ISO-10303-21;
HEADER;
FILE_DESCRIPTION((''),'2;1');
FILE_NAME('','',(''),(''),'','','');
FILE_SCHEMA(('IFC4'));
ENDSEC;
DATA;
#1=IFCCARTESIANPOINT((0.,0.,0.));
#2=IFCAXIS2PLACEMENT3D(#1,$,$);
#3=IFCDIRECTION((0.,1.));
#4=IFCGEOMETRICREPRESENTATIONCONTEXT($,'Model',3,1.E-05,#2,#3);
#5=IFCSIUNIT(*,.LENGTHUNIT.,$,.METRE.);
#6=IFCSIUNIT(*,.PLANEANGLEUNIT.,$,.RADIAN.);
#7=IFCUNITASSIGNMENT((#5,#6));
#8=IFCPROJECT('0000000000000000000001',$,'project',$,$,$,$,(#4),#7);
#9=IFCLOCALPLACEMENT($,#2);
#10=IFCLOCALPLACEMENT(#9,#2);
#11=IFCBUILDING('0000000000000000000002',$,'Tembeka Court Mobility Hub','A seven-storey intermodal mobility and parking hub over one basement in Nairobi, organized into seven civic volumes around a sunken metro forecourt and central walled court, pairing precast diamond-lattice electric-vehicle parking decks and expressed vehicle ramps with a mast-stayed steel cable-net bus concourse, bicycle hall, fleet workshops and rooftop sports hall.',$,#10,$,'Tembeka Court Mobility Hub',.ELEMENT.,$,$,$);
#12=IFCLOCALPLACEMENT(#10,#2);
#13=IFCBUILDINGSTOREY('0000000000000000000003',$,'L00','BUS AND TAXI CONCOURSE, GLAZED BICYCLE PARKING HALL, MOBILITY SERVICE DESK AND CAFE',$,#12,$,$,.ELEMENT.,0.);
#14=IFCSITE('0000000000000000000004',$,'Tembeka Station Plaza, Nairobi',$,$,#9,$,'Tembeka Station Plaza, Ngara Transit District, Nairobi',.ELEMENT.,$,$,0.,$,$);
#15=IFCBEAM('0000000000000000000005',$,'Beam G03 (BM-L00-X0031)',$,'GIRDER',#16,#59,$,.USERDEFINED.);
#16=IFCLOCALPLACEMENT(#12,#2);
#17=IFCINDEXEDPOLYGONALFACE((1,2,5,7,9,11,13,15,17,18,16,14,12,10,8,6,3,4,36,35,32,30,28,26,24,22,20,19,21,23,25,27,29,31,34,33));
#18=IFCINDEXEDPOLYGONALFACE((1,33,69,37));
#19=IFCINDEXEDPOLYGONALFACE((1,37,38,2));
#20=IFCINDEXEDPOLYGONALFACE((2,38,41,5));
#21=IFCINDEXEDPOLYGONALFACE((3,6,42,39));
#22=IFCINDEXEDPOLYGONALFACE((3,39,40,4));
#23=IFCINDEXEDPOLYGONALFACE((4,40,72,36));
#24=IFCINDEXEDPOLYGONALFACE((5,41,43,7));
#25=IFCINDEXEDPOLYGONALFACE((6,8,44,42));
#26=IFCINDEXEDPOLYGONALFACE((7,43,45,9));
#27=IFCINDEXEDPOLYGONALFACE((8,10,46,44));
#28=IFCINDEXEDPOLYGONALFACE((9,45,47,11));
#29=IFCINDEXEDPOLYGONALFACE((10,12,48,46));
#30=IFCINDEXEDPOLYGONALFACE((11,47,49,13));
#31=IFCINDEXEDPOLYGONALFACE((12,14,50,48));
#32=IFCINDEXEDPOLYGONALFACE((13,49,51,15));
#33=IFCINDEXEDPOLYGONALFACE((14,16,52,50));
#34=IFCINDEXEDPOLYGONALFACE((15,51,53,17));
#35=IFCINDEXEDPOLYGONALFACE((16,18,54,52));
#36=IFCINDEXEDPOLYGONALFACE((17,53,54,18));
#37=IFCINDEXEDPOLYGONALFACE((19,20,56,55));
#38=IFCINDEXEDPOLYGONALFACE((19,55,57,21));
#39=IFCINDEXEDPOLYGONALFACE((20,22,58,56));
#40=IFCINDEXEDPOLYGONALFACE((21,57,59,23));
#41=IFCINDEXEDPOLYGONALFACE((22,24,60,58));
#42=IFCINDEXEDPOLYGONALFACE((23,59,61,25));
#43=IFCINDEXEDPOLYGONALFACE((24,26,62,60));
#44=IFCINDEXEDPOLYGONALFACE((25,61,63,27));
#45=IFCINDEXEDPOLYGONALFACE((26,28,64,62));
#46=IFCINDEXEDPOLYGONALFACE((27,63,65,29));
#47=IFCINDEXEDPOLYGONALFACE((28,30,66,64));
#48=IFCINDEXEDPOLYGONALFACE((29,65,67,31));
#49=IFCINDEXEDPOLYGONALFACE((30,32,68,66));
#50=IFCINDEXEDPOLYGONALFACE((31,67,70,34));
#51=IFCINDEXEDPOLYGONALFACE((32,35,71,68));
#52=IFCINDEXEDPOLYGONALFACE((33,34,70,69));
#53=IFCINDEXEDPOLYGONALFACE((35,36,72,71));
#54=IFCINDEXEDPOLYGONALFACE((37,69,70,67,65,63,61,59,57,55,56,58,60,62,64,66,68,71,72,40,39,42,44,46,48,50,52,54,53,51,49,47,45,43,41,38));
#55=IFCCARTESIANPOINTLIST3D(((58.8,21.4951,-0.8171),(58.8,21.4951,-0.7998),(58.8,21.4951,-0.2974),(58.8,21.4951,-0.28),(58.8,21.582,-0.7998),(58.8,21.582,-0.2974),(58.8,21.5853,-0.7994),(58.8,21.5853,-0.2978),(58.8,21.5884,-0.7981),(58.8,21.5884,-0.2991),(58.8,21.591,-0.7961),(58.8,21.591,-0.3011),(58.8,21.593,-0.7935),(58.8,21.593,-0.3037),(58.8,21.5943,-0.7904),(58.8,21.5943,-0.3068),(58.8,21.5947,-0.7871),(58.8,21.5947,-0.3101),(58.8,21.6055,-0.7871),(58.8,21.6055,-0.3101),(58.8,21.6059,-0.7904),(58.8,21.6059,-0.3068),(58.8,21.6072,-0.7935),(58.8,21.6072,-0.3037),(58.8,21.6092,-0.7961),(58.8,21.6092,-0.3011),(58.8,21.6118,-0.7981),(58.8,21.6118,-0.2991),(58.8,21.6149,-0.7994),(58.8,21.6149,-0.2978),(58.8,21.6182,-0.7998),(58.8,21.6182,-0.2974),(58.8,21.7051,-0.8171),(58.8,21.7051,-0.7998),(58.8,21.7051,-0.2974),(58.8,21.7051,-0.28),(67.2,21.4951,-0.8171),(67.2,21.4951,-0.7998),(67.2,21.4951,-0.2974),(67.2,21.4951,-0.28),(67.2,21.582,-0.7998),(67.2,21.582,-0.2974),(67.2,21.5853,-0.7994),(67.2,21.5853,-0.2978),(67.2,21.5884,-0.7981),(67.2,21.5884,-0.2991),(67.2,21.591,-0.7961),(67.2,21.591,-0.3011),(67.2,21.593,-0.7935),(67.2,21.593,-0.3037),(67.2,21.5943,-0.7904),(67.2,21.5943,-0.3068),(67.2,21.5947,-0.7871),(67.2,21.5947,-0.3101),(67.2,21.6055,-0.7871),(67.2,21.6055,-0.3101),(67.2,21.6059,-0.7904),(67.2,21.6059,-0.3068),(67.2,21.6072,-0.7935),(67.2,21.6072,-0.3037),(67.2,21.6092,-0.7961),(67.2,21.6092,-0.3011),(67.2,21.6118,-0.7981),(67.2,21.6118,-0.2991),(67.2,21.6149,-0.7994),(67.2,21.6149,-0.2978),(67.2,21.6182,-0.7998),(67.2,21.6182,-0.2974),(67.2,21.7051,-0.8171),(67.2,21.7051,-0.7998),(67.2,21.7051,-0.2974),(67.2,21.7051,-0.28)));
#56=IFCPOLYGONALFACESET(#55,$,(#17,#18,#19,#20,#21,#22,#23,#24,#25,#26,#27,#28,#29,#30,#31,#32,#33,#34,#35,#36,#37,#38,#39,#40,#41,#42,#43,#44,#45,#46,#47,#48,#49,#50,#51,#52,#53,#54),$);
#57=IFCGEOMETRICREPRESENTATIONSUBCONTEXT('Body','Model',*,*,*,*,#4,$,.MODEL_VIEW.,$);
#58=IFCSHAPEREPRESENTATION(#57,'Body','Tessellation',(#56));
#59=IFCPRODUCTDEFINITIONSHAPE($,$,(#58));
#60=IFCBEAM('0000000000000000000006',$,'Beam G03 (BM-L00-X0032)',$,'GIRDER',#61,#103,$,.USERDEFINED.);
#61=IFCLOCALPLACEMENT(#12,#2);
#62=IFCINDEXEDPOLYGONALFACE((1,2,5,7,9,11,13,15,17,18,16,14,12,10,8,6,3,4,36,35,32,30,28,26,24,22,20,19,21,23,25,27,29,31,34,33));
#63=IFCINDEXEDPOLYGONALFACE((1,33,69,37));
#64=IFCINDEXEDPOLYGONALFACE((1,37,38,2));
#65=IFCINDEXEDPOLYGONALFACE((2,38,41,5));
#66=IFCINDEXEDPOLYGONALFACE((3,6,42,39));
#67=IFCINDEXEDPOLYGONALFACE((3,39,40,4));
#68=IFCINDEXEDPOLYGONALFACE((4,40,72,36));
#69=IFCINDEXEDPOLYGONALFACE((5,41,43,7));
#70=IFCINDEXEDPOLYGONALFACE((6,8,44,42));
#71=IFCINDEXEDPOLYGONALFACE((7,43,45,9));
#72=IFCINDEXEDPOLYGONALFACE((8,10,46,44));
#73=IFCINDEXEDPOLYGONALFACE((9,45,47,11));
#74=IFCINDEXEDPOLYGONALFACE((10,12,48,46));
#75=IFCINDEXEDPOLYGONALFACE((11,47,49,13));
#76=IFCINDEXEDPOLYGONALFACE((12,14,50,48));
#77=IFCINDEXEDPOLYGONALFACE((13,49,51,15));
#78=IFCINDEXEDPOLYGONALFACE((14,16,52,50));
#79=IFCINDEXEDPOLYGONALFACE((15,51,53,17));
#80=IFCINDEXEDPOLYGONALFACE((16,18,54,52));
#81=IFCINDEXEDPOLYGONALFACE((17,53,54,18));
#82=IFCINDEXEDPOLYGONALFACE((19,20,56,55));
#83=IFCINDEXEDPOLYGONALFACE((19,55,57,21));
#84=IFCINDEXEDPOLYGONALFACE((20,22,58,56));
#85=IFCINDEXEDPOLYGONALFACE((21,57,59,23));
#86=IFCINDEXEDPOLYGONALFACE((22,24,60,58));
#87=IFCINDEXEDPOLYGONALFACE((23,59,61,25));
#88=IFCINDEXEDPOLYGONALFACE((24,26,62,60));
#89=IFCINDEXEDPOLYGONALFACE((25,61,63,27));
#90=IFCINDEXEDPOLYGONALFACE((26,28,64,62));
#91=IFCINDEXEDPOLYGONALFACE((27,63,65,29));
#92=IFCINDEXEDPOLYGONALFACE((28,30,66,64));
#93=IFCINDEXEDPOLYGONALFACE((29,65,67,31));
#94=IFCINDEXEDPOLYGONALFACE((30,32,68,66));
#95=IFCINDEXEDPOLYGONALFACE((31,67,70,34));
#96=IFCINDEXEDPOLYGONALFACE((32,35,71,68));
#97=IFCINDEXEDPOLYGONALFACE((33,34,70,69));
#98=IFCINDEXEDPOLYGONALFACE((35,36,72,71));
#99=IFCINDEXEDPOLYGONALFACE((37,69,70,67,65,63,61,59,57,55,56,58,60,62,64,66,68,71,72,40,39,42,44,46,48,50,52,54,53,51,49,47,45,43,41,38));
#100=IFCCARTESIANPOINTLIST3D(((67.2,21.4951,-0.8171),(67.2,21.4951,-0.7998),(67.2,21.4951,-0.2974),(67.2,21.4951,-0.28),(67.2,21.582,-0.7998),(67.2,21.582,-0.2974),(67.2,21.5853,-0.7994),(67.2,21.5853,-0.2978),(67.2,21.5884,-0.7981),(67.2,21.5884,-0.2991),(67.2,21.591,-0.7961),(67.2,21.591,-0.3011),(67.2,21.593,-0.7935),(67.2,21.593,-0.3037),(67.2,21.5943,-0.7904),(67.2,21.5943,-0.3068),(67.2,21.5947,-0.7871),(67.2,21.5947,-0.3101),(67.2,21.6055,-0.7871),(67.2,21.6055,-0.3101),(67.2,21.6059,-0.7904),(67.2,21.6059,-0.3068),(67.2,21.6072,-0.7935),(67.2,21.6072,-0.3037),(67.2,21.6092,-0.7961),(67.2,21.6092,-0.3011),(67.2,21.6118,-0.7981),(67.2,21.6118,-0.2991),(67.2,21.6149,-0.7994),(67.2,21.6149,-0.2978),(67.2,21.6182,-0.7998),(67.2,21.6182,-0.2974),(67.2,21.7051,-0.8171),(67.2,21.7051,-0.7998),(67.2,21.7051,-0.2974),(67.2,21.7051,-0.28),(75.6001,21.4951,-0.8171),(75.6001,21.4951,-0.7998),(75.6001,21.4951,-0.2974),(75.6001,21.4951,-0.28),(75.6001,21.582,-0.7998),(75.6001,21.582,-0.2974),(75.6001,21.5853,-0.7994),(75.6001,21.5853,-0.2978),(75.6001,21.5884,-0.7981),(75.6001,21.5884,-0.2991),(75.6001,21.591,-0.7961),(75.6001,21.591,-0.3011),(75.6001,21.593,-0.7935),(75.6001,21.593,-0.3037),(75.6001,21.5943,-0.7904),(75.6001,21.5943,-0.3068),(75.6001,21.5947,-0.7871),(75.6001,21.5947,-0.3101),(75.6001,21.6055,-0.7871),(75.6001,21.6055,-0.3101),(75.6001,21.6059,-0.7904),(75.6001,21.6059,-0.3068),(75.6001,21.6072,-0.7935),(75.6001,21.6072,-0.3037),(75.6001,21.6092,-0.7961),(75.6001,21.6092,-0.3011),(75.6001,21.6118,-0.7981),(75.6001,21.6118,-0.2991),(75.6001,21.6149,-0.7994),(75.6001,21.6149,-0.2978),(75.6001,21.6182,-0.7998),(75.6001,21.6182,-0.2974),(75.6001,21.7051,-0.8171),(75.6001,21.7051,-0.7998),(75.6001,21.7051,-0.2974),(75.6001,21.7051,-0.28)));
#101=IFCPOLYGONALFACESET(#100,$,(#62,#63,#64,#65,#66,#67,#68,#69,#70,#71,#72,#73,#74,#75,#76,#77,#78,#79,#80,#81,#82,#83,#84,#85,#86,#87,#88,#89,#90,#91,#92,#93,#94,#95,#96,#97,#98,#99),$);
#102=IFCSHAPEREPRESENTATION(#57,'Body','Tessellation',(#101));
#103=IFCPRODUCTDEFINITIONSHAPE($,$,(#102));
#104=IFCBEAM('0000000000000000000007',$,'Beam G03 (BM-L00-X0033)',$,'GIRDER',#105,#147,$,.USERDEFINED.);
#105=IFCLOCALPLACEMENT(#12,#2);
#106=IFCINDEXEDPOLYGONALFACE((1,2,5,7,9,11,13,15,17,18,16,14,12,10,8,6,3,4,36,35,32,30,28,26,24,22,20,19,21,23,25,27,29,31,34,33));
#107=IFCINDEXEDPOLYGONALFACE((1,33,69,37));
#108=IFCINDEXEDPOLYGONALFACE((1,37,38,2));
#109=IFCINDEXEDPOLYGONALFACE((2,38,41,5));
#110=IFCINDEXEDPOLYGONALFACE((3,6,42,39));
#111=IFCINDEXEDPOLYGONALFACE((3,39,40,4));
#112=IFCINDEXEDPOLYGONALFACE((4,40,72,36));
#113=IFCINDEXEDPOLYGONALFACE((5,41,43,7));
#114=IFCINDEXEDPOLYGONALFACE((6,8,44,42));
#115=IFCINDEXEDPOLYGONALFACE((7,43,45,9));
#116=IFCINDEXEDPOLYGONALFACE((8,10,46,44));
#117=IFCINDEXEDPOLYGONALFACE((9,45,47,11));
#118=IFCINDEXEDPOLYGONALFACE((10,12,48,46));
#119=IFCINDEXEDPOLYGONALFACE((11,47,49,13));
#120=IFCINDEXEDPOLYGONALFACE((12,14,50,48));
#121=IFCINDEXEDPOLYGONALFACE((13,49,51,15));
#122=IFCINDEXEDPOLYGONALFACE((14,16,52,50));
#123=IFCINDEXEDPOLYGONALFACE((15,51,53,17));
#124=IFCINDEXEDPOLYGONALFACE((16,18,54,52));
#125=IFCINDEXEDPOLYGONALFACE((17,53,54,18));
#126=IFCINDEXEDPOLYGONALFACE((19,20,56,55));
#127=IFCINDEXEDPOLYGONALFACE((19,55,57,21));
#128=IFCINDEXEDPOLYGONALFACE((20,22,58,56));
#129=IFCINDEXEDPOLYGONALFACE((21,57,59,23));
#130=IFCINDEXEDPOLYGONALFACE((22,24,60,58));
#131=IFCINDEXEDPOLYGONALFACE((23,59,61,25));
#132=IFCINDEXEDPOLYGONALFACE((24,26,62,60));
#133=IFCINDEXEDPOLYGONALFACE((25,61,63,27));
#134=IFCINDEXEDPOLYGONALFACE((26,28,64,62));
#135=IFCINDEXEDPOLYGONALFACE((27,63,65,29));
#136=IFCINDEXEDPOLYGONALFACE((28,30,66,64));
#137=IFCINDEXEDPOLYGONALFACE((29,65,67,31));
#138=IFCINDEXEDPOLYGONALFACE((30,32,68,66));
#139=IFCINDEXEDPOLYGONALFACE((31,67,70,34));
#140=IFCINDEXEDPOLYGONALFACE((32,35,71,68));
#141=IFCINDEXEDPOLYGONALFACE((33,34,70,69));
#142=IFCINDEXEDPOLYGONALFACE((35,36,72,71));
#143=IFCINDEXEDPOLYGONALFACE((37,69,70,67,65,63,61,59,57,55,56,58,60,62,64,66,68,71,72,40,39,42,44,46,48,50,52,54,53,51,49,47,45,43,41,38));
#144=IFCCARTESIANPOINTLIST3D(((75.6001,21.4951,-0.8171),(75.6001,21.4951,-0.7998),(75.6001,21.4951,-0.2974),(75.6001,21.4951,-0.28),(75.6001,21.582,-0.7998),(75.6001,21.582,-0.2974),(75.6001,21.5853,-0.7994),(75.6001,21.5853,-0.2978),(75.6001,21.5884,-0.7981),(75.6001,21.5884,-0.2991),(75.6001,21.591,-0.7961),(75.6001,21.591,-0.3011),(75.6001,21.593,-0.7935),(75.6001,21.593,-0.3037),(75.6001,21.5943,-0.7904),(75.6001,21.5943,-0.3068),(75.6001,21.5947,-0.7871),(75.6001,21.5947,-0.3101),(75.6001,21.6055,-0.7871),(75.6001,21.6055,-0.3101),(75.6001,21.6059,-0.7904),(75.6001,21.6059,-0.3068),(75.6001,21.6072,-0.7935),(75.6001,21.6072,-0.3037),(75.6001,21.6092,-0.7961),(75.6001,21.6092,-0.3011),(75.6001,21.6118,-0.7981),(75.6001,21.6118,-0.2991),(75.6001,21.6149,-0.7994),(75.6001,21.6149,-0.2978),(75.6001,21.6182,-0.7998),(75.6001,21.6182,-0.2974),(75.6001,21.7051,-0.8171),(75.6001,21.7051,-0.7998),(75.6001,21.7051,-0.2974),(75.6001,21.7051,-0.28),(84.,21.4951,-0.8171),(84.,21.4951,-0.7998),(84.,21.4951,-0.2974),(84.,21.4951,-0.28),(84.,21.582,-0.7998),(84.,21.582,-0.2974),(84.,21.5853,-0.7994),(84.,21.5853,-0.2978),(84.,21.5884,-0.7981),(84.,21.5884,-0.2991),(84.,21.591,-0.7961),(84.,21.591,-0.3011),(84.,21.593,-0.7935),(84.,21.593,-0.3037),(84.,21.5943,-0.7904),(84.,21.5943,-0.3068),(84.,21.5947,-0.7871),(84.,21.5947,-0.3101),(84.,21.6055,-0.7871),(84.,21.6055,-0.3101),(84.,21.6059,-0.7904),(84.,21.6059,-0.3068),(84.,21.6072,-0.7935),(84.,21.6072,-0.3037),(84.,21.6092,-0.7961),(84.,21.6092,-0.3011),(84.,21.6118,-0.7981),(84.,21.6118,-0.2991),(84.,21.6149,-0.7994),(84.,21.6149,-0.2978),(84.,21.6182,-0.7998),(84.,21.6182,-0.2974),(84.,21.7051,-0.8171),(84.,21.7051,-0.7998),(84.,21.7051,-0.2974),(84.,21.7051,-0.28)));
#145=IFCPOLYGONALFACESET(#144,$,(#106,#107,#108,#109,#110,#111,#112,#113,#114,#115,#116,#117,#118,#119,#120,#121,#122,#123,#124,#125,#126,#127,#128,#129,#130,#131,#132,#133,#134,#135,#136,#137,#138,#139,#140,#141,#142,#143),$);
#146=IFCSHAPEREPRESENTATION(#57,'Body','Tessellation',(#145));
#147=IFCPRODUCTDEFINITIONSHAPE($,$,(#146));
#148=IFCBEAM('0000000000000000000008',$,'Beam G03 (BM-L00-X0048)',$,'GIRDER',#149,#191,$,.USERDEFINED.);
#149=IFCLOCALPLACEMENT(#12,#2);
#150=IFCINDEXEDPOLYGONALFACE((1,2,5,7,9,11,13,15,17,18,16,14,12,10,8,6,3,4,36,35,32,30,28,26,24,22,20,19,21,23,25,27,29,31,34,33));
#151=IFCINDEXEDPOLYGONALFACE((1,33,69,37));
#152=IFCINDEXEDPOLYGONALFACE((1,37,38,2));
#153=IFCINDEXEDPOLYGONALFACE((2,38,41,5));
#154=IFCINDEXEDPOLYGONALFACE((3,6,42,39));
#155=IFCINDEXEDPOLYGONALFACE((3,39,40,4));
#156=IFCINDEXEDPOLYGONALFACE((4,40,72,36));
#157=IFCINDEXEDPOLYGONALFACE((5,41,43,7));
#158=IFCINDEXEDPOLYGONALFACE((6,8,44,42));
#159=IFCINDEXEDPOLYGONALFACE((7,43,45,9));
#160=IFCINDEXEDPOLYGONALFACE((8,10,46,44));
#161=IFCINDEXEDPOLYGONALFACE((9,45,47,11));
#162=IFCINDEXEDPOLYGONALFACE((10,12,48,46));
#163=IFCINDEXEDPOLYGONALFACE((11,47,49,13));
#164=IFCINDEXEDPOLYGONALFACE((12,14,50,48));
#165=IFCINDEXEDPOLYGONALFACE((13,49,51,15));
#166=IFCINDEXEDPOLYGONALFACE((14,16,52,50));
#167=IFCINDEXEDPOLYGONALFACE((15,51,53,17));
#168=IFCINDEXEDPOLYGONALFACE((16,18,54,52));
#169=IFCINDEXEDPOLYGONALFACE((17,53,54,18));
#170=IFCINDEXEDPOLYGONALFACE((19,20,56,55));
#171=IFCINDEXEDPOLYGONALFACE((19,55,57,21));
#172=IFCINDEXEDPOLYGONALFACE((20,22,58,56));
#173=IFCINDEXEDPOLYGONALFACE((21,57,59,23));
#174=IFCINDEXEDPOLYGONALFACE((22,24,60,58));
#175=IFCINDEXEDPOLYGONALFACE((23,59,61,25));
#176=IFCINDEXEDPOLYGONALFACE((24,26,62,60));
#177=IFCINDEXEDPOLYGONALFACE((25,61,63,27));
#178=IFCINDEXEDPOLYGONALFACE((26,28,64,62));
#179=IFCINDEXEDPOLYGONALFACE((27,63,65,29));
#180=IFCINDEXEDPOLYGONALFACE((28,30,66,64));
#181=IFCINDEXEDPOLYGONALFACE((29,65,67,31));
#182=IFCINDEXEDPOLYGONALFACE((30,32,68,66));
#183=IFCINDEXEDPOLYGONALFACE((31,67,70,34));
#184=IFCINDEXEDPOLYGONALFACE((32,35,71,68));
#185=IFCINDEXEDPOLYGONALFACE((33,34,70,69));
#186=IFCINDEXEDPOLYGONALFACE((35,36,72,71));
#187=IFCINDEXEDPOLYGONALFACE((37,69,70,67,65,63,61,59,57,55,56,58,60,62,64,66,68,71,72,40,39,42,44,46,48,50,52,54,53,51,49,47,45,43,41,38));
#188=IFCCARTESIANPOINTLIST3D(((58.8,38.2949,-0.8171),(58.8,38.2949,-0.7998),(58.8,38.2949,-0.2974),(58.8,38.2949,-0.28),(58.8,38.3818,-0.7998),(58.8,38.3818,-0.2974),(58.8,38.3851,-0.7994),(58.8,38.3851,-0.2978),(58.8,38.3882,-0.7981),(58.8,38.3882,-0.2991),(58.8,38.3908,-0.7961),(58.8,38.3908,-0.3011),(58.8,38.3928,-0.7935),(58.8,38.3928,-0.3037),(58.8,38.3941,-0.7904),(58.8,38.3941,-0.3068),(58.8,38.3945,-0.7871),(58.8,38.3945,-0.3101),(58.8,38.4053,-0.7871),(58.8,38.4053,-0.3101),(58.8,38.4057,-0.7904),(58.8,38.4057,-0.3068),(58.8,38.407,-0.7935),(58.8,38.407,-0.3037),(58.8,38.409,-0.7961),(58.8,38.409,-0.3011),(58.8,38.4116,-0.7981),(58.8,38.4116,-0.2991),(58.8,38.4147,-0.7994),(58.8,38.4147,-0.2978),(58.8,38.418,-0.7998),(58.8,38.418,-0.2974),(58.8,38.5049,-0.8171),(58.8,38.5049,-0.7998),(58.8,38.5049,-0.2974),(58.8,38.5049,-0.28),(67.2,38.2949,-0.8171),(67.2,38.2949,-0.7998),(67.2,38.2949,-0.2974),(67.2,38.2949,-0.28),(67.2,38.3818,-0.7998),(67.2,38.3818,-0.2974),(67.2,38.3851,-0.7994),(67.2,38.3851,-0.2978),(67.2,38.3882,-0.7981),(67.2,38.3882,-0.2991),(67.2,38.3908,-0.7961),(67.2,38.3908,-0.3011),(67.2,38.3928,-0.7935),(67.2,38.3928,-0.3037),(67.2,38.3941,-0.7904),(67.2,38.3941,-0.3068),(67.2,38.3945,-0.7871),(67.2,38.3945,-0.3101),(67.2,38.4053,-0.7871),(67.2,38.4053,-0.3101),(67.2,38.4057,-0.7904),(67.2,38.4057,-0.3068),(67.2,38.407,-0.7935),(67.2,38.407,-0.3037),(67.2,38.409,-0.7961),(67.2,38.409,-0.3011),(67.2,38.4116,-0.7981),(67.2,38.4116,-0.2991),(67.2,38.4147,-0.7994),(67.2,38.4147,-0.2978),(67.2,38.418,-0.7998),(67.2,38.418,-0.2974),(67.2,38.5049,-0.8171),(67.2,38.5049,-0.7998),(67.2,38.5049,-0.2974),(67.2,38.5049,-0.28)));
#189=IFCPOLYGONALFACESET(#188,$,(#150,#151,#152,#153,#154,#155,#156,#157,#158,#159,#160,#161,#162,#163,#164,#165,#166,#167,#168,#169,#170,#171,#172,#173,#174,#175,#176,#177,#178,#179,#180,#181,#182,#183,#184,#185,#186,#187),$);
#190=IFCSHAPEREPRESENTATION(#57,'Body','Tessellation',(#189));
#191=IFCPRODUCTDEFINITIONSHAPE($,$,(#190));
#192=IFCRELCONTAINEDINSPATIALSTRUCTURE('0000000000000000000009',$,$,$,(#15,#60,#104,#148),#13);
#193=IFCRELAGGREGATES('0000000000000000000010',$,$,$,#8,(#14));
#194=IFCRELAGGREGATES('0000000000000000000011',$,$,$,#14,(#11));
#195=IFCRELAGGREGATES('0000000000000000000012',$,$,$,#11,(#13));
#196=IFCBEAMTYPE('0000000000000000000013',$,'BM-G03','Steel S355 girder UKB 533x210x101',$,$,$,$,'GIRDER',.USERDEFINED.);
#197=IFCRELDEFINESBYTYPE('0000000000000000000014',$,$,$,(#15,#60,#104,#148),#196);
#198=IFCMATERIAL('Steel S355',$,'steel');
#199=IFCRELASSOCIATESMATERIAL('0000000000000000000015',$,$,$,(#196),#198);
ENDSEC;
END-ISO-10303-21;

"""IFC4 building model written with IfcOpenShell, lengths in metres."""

from ifc_helpers import new_model, si_unit, direction, frame, origin, origin_2d, place, context, subcontext, project, spatial, i_section, extrude, material, material_profile, profile_set, type_object, element, save


model = new_model("IFC4")

# Units and contexts
model_context = context("Model", 3, precision=1e-05, world=origin(), true_north=direction((0.0, 1.0)))
body_context = subcontext(model_context, "Body", "Model", "MODEL_VIEW")
ifc_project = project(units=[si_unit("LENGTHUNIT", "METRE"), si_unit("PLANEANGLEUNIT", "RADIAN")], contexts=[model_context])

# Site, building, storey
site_placement = place(None, origin())
site = spatial("IfcSite", under=ifc_project, at=site_placement, Name="Tembeka Station Plaza, Nairobi", LongName="Tembeka Station Plaza, Ngara Transit District, Nairobi", CompositionType="ELEMENT", RefElevation=0.0)
building_placement = place(site_placement, origin())
building = spatial("IfcBuilding", under=site, at=building_placement, Name="Tembeka Court Mobility Hub", Description="A seven-storey intermodal mobility and parking hub over one basement in Nairobi, organized into seven civic volumes around a sunken metro forecourt and central walled court, pairing precast diamond-lattice electric-vehicle parking decks and expressed vehicle ramps with a mast-stayed steel cable-net bus concourse, bicycle hall, fleet workshops and rooftop sports hall.", LongName="Tembeka Court Mobility Hub", CompositionType="ELEMENT")
storey_placement = place(building_placement, origin())
storey = spatial("IfcBuildingStorey", under=building, at=storey_placement, Name="L00", Description="BUS AND TAXI CONCOURSE, GLAZED BICYCLE PARKING HALL, MOBILITY SERVICE DESK AND CAFE", CompositionType="ELEMENT", Elevation=0.0)

# Shared definitions
ifc_material_1 = material(Name="Steel S355", Category="steel")

# Beams
ifc_material_profile_1 = material_profile(ifc_material_1, i_section(OverallWidth=0.21, OverallDepth=0.5371, WebThickness=0.0107, FlangeThickness=0.0173, FilletRadius=0.0127, at=origin_2d()), Name="UKB 533x210x101")
ifc_profile_set_1 = profile_set([ifc_material_profile_1], Name="Steel S355")
beam_type_1 = type_object("IfcBeamType", Name="BM-G03", Description="Steel S355 girder UKB 533x210x101", ElementType="GIRDER", PredefinedType="USERDEFINED", material=ifc_profile_set_1)
beam_1_placement = place(storey_placement, frame((58.8, 21.6001, -0.5486), z_axis=(1.0, 0.0, 0.0), x_axis=(0.0, 1.0, 0.0)))
element("IfcBeam", 1, at=beam_1_placement, inside=storey, type_object=beam_type_1, Name="Beam G03 (BM-L00-X0031)", ObjectType="GIRDER", PredefinedType="USERDEFINED", context=body_context, shape_type="SweptSolid", body=[
    extrude(i_section(OverallWidth=0.21, OverallDepth=0.5371, WebThickness=0.0107, FlangeThickness=0.0173, FilletRadius=0.0127, at=origin_2d()), origin(), (0.0, 0.0, 1.0), 8.3999),
])
beam_2_placement = place(storey_placement, frame((67.2, 21.6001, -0.5486), z_axis=(1.0, 0.0, 0.0), x_axis=(0.0, 1.0, 0.0)))
element("IfcBeam", 2, at=beam_2_placement, inside=storey, type_object=beam_type_1, Name="Beam G03 (BM-L00-X0032)", ObjectType="GIRDER", PredefinedType="USERDEFINED", context=body_context, shape_type="SweptSolid", body=[
    extrude(i_section(OverallWidth=0.21, OverallDepth=0.5371, WebThickness=0.0107, FlangeThickness=0.0173, FilletRadius=0.0127, at=origin_2d()), origin(), (0.0, 0.0, 1.0), 8.4001),
])
for number, where, z_axis, x_axis, name in (
    (3, (75.6001, 21.6001, -0.5486), (1.0, 0.0, 0.0), (0.0, 1.0, 0.0), "Beam G03 (BM-L00-X0033)"),
    (4, (58.8, 38.3999, -0.5486), (1.0, 0.0, 0.0), (0.0, 1.0, 0.0), "Beam G03 (BM-L00-X0048)"),
):
    element("IfcBeam", number, at=place(storey_placement, frame(where, z_axis=z_axis, x_axis=x_axis)), inside=storey, type_object=beam_type_1, Name=name, ObjectType="GIRDER", PredefinedType="USERDEFINED", context=body_context, shape_type="SweptSolid", body=[
        extrude(i_section(OverallWidth=0.21, OverallDepth=0.5371, WebThickness=0.0107, FlangeThickness=0.0173, FilletRadius=0.0127, at=origin_2d()), origin(), (0.0, 0.0, 1.0), 8.3999),
    ])

save(model, "model.ifc")
